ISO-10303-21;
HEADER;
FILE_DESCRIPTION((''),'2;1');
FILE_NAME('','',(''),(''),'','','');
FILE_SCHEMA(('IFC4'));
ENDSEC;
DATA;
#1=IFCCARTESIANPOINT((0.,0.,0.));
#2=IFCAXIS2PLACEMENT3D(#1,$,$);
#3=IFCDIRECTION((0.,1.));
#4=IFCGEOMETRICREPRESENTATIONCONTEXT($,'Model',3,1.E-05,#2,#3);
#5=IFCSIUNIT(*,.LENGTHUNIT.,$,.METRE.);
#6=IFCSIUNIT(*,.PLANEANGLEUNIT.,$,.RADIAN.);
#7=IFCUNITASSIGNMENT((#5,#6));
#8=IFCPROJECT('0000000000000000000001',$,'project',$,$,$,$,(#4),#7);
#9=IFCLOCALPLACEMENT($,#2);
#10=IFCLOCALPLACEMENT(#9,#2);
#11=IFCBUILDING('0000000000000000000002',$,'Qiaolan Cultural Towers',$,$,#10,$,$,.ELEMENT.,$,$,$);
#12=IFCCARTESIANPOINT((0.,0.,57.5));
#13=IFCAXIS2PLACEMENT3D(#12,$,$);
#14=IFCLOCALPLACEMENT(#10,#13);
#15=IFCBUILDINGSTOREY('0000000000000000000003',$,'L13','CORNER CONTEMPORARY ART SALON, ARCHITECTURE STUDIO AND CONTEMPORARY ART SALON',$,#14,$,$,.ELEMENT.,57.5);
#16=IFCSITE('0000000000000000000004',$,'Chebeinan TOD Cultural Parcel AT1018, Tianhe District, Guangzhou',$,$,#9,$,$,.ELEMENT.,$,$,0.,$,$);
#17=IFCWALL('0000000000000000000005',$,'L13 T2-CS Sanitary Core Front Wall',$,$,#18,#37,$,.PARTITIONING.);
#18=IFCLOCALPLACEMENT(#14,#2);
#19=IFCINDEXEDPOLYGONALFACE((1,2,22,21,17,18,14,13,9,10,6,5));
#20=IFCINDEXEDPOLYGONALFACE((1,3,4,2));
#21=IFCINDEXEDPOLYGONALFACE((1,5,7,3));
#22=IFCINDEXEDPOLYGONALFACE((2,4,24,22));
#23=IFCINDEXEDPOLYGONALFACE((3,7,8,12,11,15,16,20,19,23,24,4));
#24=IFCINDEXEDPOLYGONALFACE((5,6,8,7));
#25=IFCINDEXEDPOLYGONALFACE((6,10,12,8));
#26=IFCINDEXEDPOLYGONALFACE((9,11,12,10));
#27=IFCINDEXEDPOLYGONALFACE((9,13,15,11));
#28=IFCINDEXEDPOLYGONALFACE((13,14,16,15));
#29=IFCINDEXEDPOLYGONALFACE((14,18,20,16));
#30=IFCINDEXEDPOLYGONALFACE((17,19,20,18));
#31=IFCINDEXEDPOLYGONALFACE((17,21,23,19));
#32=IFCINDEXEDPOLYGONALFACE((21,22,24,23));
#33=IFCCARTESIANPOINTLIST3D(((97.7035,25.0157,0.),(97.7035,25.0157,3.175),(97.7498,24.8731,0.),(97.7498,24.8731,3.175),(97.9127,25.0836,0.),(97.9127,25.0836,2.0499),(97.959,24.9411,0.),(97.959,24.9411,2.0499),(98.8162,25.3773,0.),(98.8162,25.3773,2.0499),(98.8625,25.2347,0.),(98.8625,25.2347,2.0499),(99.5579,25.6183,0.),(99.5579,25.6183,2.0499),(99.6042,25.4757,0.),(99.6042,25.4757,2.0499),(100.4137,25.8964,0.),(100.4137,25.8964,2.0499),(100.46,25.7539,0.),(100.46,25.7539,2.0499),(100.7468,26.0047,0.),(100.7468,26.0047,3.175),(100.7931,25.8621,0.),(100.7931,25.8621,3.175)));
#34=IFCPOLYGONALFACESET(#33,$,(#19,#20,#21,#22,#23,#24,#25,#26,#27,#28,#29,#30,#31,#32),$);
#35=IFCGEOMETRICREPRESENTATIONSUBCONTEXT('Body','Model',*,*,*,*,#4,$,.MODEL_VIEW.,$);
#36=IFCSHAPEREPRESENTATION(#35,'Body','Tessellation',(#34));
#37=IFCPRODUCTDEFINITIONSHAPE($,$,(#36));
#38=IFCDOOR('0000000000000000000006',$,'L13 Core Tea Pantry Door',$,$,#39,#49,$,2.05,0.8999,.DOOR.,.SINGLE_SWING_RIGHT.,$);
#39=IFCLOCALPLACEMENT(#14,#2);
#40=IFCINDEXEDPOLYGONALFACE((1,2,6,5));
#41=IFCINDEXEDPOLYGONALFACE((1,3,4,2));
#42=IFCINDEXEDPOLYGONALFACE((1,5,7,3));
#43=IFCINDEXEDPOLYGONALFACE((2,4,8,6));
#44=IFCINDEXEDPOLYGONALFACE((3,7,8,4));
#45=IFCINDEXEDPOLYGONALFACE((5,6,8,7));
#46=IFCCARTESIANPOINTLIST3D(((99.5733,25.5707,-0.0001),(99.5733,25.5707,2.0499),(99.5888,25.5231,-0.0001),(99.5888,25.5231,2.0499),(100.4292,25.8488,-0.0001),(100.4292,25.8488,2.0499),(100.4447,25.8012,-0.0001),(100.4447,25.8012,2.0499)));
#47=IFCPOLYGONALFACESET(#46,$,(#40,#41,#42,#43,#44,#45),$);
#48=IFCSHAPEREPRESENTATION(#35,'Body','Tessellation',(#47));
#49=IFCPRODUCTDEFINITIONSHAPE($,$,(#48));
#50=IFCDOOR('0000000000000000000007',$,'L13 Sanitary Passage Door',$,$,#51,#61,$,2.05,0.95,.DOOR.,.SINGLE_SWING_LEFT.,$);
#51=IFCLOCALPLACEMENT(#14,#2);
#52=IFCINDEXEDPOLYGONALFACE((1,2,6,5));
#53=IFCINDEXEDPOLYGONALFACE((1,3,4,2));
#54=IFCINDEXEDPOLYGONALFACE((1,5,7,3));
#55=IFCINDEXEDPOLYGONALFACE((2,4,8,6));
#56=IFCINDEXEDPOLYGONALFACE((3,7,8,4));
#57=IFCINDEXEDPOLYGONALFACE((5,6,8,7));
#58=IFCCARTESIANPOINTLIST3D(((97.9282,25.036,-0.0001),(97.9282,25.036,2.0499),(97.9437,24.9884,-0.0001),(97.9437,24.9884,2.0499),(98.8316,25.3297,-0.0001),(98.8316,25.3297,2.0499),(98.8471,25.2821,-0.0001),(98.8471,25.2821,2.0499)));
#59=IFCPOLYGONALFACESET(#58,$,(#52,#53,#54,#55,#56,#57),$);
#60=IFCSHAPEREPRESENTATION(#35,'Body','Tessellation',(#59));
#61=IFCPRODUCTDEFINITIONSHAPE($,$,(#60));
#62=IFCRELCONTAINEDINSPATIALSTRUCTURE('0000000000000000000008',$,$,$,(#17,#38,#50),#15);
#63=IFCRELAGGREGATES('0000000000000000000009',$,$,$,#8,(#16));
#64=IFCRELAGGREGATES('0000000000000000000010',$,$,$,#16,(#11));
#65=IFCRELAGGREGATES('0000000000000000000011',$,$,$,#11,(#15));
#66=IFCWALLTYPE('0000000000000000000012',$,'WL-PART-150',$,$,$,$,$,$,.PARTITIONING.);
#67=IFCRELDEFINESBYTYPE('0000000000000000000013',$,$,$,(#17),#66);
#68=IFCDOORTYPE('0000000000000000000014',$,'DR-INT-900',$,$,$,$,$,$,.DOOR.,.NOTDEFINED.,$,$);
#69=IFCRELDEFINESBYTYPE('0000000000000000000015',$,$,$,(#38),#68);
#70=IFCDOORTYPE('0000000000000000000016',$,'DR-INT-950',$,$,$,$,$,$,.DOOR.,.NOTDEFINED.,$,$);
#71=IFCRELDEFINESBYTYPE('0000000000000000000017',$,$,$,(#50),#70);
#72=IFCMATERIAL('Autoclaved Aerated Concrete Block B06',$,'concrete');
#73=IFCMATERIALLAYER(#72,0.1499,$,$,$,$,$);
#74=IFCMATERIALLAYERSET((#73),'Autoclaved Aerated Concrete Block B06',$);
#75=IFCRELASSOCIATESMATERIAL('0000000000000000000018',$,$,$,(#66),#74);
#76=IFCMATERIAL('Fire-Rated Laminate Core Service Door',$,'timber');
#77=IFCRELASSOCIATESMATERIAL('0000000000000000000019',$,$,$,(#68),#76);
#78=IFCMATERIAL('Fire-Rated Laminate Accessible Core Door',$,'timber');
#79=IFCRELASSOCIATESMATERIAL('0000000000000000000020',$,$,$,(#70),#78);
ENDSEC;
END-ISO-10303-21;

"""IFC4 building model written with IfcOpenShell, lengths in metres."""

from ifc_helpers import new_model, si_unit, direction, frame, frame_2d, origin, place, context, subcontext, project, spatial, rectangle, extrude, material, layer, layer_set, type_object, element, fill, save


model = new_model("IFC4")

# Units and contexts
model_context = context("Model", 3, precision=1e-05, world=origin(), true_north=direction((0.0, 1.0)))
body_context = subcontext(model_context, "Body", "Model", "MODEL_VIEW")
ifc_project = project(units=[si_unit("LENGTHUNIT", "METRE"), si_unit("PLANEANGLEUNIT", "RADIAN")], contexts=[model_context])

# Site, building, storey
site_placement = place(None, origin())
site = spatial("IfcSite", under=ifc_project, at=site_placement, Name="Chebeinan TOD Cultural Parcel AT1018, Tianhe District, Guangzhou", CompositionType="ELEMENT", RefElevation=0.0)
building_placement = place(site_placement, origin())
building = spatial("IfcBuilding", under=site, at=building_placement, Name="Qiaolan Cultural Towers", CompositionType="ELEMENT")
storey_placement = place(building_placement, frame((0.0, 0.0, 57.5)))
storey = spatial("IfcBuildingStorey", under=building, at=storey_placement, Name="L13", Description="CORNER CONTEMPORARY ART SALON, ARCHITECTURE STUDIO AND CONTEMPORARY ART SALON", CompositionType="ELEMENT", Elevation=57.5)

# Shared definitions
ifc_material_1 = material(Name="Autoclaved Aerated Concrete Block B06", Category="concrete")
ifc_layer_1 = layer(ifc_material_1, 0.1499)
ifc_layer_set_1 = layer_set([ifc_layer_1], Name="Autoclaved Aerated Concrete Block B06")
wall_type_1 = type_object("IfcWallType", Name="WL-PART-150", PredefinedType="PARTITIONING", material=ifc_layer_set_1)

# Wall, openings, doors
wall_1_placement = place(storey_placement, frame((97.7266, 24.9443, 0.0), z_axis=(0.0, 0.0, 1.0), x_axis=(0.951037, 0.309077, 0.0)))
wall_1 = element("IfcWall", 1, at=wall_1_placement, inside=storey, type_object=wall_type_1, Name="L13 T2-CS Sanitary Core Front Wall", PredefinedType="PARTITIONING", context=body_context, shape_type="SweptSolid", body=[
    extrude(rectangle(XDim=3.2, YDim=0.1499, at=frame_2d((1.6001, 0.0))), origin(), (0.0, 0.0, 1.0), 3.175),
])
opening_1_placement = place(wall_1_placement, frame((0.22, 0.0, 0.0)))
opening_1 = element("IfcOpeningElement", 2, at=opening_1_placement, cuts=wall_1, PredefinedType="OPENING", context=body_context, shape_type="SweptSolid", body=[
    extrude(rectangle(XDim=0.95, YDim=2.05, at=frame_2d((0.4751, 1.0249))), frame((0.0, 0.085, 0.0), z_axis=(0.0, -1.0, 0.0), x_axis=(1.0, 0.0, 0.0)), (0.0, 0.0, 1.0), 0.1699),
])
opening_2_placement = place(wall_1_placement, frame((1.95, 0.0, 0.0)))
opening_2 = element("IfcOpeningElement", 3, at=opening_2_placement, cuts=wall_1, PredefinedType="OPENING", context=body_context, shape_type="SweptSolid", body=[
    extrude(rectangle(XDim=0.8999, YDim=2.05, at=frame_2d((0.45, 1.0249))), frame((0.0, 0.085, 0.0), z_axis=(0.0, -1.0, 0.0), x_axis=(1.0, 0.0, 0.0)), (0.0, 0.0, 1.0), 0.1699),
])
ifc_material_2 = material(Name="Fire-Rated Laminate Core Service Door", Category="timber")
door_type_1 = type_object("IfcDoorType", Name="DR-INT-900", OperationType="NOTDEFINED", PredefinedType="DOOR", material=ifc_material_2)
door_1_placement = place(opening_2_placement, origin())
door_1 = element("IfcDoor", 4, at=door_1_placement, inside=storey, type_object=door_type_1, Name="L13 Core Tea Pantry Door", OperationType="SINGLE_SWING_RIGHT", OverallHeight=2.05, OverallWidth=0.8999, PredefinedType="DOOR", context=body_context, shape_type="SweptSolid", body=[
    extrude(rectangle(XDim=0.8999, YDim=2.05, at=frame_2d((0.45, 1.0249))), frame((0.0, 0.0249, 0.0), z_axis=(0.0, -1.0, 0.0), x_axis=(1.0, 0.0, 0.0)), (0.0, 0.0, 1.0), 0.05),
])
fill(opening_2, door_1)
ifc_material_3 = material(Name="Fire-Rated Laminate Accessible Core Door", Category="timber")
door_type_2 = type_object("IfcDoorType", Name="DR-INT-950", OperationType="NOTDEFINED", PredefinedType="DOOR", material=ifc_material_3)
door_2_placement = place(opening_1_placement, origin())
door_2 = element("IfcDoor", 5, at=door_2_placement, inside=storey, type_object=door_type_2, Name="L13 Sanitary Passage Door", OperationType="SINGLE_SWING_LEFT", OverallHeight=2.05, OverallWidth=0.95, PredefinedType="DOOR", context=body_context, shape_type="SweptSolid", body=[
    extrude(rectangle(XDim=0.95, YDim=2.05, at=frame_2d((0.4751, 1.0249))), frame((0.0, 0.0249, 0.0), z_axis=(0.0, -1.0, 0.0), x_axis=(1.0, 0.0, 0.0)), (0.0, 0.0, 1.0), 0.05),
])
fill(opening_1, door_2)

save(model, "model.ifc")
